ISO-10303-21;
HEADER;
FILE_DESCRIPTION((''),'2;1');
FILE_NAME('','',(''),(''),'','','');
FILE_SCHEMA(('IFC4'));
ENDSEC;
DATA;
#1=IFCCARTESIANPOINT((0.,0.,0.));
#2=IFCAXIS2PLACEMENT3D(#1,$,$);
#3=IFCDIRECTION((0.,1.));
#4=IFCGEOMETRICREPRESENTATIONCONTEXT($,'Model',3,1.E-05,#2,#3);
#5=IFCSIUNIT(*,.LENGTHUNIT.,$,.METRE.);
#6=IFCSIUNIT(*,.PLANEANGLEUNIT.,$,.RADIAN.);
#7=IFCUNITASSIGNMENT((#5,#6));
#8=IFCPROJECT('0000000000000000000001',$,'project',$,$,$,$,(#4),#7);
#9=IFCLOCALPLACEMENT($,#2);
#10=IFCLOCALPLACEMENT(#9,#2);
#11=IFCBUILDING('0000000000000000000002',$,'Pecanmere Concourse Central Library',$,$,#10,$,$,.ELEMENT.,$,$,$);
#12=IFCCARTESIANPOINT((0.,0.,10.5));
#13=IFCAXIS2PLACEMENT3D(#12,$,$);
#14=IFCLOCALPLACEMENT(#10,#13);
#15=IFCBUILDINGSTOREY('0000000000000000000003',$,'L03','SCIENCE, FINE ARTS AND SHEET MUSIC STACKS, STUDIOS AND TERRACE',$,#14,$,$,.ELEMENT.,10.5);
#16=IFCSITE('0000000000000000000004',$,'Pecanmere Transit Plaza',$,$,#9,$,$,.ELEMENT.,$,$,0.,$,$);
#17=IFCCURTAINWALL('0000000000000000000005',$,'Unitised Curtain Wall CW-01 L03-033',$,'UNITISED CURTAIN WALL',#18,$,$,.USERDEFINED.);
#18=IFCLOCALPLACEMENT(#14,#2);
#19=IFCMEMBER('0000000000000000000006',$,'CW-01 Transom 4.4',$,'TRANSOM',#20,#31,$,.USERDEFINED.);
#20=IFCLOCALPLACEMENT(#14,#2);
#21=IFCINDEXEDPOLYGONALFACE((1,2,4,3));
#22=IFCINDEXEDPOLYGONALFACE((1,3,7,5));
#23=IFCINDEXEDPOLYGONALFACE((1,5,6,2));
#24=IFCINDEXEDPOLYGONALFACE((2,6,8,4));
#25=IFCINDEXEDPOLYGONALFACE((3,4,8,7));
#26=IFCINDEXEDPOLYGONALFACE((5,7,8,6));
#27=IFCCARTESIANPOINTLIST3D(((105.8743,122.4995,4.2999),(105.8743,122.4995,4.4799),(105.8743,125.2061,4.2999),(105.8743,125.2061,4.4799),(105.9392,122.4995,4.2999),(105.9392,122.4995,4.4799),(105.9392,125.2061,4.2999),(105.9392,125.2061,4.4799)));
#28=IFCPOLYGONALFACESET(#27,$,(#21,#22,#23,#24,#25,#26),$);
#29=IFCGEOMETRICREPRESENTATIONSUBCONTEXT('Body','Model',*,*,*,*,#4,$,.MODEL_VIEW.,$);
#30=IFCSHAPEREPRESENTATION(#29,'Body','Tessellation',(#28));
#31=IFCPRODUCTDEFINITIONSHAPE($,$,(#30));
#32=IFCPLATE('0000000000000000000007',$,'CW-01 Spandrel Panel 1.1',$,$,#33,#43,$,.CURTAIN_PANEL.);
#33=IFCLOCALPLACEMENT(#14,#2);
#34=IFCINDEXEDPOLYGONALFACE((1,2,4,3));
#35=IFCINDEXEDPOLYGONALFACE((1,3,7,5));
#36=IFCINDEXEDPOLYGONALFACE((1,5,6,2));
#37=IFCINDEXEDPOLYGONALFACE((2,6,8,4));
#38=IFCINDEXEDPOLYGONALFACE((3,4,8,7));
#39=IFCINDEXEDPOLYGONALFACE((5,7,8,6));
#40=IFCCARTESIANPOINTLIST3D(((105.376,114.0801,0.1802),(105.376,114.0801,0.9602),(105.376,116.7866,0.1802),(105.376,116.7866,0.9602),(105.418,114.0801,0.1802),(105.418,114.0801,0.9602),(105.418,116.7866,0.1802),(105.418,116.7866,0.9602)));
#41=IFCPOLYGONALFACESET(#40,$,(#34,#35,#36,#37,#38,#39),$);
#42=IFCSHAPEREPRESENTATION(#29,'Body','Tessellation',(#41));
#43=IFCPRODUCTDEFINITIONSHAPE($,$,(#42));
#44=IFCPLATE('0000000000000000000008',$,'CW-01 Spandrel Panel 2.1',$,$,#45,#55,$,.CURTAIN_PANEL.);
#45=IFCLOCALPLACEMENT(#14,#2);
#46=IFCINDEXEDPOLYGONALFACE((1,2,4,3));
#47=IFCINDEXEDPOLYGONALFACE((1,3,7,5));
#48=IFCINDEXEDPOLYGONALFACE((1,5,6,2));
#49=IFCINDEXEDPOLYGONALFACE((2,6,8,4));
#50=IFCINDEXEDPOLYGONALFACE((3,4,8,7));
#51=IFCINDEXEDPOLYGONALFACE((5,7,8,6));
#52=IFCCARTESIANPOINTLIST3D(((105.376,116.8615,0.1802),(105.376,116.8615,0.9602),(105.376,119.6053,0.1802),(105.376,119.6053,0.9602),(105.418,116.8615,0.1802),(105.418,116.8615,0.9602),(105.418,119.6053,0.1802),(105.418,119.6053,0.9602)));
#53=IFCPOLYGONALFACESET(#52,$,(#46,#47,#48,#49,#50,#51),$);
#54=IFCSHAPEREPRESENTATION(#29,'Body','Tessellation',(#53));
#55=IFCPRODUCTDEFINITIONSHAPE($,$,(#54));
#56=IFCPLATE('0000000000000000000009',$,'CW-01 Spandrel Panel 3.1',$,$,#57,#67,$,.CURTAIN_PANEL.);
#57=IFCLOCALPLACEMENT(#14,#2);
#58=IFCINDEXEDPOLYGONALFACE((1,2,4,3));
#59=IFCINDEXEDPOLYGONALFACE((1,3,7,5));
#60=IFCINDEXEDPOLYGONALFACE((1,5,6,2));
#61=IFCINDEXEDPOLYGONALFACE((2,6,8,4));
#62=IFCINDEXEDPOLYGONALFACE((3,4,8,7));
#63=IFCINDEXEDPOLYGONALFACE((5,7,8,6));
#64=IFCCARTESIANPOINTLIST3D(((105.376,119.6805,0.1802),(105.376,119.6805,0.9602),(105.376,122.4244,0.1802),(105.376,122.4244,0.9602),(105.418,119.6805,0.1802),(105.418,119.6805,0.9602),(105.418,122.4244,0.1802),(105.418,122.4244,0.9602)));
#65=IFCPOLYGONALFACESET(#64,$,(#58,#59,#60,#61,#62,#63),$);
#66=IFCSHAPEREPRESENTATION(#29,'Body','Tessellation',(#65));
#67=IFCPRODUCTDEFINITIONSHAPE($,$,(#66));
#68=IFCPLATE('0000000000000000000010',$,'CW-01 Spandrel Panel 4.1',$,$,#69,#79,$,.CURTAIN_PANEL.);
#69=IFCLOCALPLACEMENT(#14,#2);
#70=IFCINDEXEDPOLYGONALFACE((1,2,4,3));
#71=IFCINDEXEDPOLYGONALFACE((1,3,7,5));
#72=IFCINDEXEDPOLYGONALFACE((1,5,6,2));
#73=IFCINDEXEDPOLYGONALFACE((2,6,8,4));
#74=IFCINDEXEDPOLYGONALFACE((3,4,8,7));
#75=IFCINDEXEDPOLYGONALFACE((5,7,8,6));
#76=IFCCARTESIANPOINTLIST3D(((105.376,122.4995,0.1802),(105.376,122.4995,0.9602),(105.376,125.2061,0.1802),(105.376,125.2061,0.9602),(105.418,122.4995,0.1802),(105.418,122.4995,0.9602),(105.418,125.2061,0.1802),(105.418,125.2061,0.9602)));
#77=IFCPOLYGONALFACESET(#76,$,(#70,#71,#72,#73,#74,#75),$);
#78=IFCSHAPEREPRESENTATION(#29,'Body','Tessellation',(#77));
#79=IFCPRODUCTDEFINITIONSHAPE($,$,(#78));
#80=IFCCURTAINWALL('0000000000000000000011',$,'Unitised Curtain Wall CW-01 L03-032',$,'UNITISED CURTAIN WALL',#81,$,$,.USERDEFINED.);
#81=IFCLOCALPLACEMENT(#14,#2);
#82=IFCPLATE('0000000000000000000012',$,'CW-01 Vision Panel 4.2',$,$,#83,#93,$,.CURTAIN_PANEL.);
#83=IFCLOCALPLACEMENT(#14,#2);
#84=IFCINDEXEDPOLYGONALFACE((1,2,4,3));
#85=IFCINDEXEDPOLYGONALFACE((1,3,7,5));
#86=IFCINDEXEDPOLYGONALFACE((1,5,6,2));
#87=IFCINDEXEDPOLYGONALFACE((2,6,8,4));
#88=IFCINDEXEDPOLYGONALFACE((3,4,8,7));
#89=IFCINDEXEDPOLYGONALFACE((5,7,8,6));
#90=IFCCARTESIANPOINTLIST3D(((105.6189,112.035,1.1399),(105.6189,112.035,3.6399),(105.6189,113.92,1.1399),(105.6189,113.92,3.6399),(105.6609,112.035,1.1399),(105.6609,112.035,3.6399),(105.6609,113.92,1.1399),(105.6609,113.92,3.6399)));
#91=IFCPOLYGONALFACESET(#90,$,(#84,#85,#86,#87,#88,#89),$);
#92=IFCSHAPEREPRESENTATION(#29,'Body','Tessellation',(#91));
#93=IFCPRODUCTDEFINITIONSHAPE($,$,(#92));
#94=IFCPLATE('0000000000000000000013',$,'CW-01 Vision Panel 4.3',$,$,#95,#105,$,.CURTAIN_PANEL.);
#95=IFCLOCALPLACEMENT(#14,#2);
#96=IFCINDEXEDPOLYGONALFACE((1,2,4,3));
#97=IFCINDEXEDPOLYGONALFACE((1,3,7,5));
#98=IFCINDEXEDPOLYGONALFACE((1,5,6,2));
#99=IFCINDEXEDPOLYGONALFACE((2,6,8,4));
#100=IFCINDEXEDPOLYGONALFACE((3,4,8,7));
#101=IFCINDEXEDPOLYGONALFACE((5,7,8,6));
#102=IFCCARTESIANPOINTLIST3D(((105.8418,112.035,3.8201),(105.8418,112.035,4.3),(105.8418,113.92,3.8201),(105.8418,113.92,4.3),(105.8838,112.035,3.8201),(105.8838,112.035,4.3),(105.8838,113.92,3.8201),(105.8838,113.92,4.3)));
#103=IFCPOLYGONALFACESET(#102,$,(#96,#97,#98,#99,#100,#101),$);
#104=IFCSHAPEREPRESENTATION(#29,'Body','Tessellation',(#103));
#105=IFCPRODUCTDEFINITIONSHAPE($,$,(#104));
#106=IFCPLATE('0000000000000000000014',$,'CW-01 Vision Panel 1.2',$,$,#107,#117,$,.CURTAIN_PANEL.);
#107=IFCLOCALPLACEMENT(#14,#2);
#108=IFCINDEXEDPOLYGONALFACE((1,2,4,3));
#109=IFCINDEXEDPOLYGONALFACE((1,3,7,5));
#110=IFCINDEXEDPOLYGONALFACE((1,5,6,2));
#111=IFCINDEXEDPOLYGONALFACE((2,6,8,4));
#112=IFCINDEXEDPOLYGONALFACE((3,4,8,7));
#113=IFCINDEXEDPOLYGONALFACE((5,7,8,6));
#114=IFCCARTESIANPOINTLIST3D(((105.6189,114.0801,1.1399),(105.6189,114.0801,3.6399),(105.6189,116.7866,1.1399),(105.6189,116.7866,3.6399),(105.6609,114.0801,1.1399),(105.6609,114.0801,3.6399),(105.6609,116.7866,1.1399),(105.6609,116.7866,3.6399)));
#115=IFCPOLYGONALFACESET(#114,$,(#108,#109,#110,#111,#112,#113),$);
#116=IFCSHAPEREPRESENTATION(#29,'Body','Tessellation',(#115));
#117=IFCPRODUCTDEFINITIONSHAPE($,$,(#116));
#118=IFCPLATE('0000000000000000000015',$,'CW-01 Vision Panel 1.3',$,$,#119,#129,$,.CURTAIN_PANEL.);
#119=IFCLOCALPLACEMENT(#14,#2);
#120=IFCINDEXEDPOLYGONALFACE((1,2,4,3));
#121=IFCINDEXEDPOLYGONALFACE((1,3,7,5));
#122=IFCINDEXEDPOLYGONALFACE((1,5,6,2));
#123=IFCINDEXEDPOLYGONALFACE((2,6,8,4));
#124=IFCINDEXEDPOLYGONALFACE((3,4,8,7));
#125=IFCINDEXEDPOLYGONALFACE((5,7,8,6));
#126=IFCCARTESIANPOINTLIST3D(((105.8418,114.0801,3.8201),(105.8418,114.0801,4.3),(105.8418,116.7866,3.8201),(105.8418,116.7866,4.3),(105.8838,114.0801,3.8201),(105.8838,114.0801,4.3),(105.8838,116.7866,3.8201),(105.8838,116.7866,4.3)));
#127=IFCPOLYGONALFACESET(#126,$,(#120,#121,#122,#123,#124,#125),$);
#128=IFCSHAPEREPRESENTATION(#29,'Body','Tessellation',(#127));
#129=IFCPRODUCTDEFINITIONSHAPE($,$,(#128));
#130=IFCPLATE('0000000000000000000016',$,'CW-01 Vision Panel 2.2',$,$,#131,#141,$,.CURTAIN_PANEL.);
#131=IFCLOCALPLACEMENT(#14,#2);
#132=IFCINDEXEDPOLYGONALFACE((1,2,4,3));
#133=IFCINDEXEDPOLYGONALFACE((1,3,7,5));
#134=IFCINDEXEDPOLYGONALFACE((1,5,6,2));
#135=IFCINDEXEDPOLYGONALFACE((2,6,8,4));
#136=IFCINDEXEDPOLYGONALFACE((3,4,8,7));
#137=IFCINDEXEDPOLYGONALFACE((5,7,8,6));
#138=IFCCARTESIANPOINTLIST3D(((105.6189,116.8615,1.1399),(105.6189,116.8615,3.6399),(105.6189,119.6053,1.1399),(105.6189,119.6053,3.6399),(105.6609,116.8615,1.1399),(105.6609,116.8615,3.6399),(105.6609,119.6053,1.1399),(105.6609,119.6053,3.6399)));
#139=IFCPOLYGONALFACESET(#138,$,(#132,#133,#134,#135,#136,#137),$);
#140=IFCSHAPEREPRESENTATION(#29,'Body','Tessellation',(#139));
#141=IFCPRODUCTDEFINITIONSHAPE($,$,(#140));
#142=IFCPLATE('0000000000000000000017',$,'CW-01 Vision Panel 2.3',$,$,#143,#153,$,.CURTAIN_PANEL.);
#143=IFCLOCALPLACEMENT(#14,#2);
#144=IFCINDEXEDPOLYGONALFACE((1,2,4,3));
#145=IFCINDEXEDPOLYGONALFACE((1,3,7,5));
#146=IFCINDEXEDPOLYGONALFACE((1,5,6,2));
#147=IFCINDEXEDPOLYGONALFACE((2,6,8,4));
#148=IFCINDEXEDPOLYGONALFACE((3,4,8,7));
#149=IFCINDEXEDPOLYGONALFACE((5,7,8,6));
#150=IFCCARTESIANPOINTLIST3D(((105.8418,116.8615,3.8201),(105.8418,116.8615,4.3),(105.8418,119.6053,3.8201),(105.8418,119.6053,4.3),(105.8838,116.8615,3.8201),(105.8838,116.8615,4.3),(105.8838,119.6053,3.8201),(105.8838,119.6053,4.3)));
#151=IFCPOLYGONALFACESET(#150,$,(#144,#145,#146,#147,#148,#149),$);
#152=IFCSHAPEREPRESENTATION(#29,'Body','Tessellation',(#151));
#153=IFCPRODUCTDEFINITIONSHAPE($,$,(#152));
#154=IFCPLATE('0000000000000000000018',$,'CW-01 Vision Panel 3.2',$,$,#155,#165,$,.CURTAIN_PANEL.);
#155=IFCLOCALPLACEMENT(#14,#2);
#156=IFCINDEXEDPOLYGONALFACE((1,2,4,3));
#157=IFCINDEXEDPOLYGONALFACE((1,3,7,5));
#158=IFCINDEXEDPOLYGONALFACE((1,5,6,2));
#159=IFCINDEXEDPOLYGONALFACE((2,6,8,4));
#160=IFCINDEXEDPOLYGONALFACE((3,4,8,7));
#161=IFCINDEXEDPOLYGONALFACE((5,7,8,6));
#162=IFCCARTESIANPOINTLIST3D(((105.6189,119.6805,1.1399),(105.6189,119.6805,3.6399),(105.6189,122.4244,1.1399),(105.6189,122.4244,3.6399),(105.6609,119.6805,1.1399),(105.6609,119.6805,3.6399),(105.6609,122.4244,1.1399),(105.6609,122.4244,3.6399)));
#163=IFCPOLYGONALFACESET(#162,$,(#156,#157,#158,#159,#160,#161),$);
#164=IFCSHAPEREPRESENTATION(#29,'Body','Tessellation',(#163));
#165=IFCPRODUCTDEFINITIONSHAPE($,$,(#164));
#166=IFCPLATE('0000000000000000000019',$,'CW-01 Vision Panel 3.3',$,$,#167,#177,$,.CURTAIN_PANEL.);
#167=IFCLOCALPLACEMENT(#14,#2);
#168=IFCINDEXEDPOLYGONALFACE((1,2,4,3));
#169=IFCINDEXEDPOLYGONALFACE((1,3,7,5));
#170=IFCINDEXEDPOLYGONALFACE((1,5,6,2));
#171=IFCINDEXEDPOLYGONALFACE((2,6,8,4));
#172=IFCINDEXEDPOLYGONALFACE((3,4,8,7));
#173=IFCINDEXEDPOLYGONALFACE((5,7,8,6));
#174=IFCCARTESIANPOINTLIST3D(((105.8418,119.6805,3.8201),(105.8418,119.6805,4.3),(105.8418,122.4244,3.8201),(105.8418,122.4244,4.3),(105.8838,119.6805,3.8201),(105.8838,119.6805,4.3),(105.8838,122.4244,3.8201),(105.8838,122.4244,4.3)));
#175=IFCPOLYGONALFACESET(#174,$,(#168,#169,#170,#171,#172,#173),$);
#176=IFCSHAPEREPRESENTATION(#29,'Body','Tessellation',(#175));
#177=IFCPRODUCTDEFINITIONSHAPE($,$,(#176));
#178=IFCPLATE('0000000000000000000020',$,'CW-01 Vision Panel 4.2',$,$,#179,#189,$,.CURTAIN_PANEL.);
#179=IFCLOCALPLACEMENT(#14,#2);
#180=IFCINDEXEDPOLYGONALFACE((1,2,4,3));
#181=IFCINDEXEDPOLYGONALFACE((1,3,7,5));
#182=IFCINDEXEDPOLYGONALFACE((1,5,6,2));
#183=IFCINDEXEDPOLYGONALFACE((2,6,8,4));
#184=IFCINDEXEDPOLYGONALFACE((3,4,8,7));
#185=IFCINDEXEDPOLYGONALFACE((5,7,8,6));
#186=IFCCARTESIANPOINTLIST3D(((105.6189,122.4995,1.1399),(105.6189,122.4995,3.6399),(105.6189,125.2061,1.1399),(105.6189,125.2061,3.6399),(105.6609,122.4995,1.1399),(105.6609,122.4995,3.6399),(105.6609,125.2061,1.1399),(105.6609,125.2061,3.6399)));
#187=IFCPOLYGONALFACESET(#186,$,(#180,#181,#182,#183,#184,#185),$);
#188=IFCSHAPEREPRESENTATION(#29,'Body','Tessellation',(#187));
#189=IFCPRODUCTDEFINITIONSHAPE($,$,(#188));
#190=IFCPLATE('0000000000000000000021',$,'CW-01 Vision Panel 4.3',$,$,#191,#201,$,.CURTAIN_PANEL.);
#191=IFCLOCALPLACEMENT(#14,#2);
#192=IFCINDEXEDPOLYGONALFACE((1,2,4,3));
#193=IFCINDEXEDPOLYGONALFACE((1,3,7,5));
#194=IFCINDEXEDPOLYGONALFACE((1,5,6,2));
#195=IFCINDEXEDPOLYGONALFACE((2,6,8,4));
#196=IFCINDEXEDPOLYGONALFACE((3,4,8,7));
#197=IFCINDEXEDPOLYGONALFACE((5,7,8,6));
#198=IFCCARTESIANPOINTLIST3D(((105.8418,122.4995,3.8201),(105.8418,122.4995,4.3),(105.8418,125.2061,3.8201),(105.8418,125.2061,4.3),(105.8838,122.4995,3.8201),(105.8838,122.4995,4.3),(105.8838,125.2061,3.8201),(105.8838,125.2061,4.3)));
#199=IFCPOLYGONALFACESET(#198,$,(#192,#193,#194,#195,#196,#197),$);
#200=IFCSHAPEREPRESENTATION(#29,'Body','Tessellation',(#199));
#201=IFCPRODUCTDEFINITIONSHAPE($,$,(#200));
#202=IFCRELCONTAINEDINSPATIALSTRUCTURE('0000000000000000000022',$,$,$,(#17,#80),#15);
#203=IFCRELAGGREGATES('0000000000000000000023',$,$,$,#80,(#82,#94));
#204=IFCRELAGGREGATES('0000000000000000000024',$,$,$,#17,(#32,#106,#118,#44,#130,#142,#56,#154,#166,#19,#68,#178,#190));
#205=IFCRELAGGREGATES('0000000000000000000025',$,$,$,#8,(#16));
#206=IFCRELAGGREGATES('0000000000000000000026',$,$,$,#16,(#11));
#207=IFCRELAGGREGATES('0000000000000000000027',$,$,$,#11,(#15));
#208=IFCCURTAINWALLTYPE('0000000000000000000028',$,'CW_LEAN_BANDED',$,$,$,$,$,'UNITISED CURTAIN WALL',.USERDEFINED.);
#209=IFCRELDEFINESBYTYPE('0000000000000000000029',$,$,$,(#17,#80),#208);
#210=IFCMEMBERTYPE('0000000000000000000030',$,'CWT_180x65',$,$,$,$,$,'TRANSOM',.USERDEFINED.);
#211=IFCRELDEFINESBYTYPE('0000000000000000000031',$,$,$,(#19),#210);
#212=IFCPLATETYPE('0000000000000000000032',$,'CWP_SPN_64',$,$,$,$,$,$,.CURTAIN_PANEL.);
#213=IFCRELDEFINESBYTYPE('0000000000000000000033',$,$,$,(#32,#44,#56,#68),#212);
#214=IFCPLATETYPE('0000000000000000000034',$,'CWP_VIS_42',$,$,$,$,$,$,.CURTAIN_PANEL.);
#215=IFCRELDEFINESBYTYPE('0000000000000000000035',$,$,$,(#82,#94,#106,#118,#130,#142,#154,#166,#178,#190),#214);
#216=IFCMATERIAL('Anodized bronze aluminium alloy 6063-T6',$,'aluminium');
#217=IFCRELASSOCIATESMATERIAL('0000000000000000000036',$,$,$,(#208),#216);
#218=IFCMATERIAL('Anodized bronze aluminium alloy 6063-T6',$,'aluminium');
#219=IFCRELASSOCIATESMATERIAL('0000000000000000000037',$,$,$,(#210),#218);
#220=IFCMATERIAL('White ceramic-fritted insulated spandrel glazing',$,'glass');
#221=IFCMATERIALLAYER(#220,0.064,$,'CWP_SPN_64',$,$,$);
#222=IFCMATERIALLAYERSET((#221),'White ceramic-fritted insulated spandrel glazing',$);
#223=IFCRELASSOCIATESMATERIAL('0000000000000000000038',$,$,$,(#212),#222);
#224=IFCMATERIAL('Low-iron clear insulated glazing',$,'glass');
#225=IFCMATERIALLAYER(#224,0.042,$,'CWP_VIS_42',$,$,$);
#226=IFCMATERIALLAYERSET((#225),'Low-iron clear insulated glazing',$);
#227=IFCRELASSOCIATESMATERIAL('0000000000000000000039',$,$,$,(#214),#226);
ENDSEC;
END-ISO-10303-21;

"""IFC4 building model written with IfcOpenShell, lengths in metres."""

from ifc_helpers import new_model, si_unit, direction, frame, origin, origin_2d, place, context, subcontext, project, spatial, rectangle, extrude, material, layer, layer_set, material_profile, profile_set, type_object, element, aggregate, save


model = new_model("IFC4")

# Units and contexts
model_context = context("Model", 3, precision=1e-05, world=origin(), true_north=direction((0.0, 1.0)))
body_context = subcontext(model_context, "Body", "Model", "MODEL_VIEW")
ifc_project = project(units=[si_unit("LENGTHUNIT", "METRE"), si_unit("PLANEANGLEUNIT", "RADIAN")], contexts=[model_context])

# Site, building, storey
site_placement = place(None, origin())
site = spatial("IfcSite", under=ifc_project, at=site_placement, Name="Pecanmere Transit Plaza", CompositionType="ELEMENT", RefElevation=0.0)
building_placement = place(site_placement, origin())
building = spatial("IfcBuilding", under=site, at=building_placement, Name="Pecanmere Concourse Central Library", CompositionType="ELEMENT")
storey_placement = place(building_placement, frame((0.0, 0.0, 10.5)))
storey = spatial("IfcBuildingStorey", under=building, at=storey_placement, Name="L03", Description="SCIENCE, FINE ARTS AND SHEET MUSIC STACKS, STUDIOS AND TERRACE", CompositionType="ELEMENT", Elevation=10.5)

# Curtain wall, member, plates
ifc_material_1 = material(Name="Anodized bronze aluminium alloy 6063-T6", Category="aluminium")
curtain_wall_type = type_object("IfcCurtainWallType", Name="CW_LEAN_BANDED", ElementType="UNITISED CURTAIN WALL", PredefinedType="USERDEFINED", material=ifc_material_1)
curtain_wall_1_placement = place(storey_placement, origin())
curtain_wall_1 = element("IfcCurtainWall", 1, at=curtain_wall_1_placement, inside=storey, type_object=curtain_wall_type, Name="Unitised Curtain Wall CW-01 L03-033", ObjectType="UNITISED CURTAIN WALL", PredefinedType="USERDEFINED")
ifc_material_2 = material(Name="Anodized bronze aluminium alloy 6063-T6", Category="aluminium")
ifc_material_profile = material_profile(ifc_material_2, rectangle(XDim=0.0649, YDim=0.1799, at=origin_2d()), Name="AL 65x180")
ifc_profile_set = profile_set([ifc_material_profile], Name="Anodized bronze aluminium alloy 6063-T6")
member_type = type_object("IfcMemberType", Name="CWT_180x65", ElementType="TRANSOM", PredefinedType="USERDEFINED", material=ifc_profile_set)
member_1_placement = place(storey_placement, frame((105.9067, 122.4995, 4.3899), z_axis=(0.0, 1.0, 0.0), x_axis=(-1.0, 0.0, 0.0)))
member_1 = element("IfcMember", 2, at=member_1_placement, type_object=member_type, Name="CW-01 Transom 4.4", ObjectType="TRANSOM", PredefinedType="USERDEFINED", context=body_context, shape_type="SweptSolid", body=[
    extrude(rectangle(XDim=0.0649, YDim=0.1799, at=origin_2d()), origin(), (0.0, 0.0, 1.0), 2.7065),
])
ifc_material_3 = material(Name="White ceramic-fritted insulated spandrel glazing", Category="glass")
ifc_layer_1 = layer(ifc_material_3, 0.064, Name="CWP_SPN_64")
ifc_layer_set_1 = layer_set([ifc_layer_1], Name="White ceramic-fritted insulated spandrel glazing")
plate_type_1 = type_object("IfcPlateType", Name="CWP_SPN_64", PredefinedType="CURTAIN_PANEL", material=ifc_layer_set_1)
plate_1_placement = place(storey_placement, frame((105.397, 115.4333, 0.1802), z_axis=(0.0, 0.0, 1.0), x_axis=(0.0, 1.0, 0.0)))
plate_1 = element("IfcPlate", 3, at=plate_1_placement, type_object=plate_type_1, Name="CW-01 Spandrel Panel 1.1", PredefinedType="CURTAIN_PANEL", context=body_context, shape_type="SweptSolid", body=[
    extrude(rectangle(XDim=2.7065, YDim=0.042, at=origin_2d()), origin(), (0.0, 0.0, 1.0), 0.78),
])
plate_2_placement = place(storey_placement, frame((105.397, 118.2334, 0.1802), z_axis=(0.0, 0.0, 1.0), x_axis=(0.0, 1.0, 0.0)))
plate_2 = element("IfcPlate", 4, at=plate_2_placement, type_object=plate_type_1, Name="CW-01 Spandrel Panel 2.1", PredefinedType="CURTAIN_PANEL", context=body_context, shape_type="SweptSolid", body=[
    extrude(rectangle(XDim=2.7439, YDim=0.042, at=origin_2d()), origin(), (0.0, 0.0, 1.0), 0.78),
])
plate_3_placement = place(storey_placement, frame((105.397, 121.0525, 0.1802), z_axis=(0.0, 0.0, 1.0), x_axis=(0.0, 1.0, 0.0)))
plate_3 = element("IfcPlate", 5, at=plate_3_placement, type_object=plate_type_1, Name="CW-01 Spandrel Panel 3.1", PredefinedType="CURTAIN_PANEL", context=body_context, shape_type="SweptSolid", body=[
    extrude(rectangle(XDim=2.7439, YDim=0.042, at=origin_2d()), origin(), (0.0, 0.0, 1.0), 0.78),
])
plate_4_placement = place(storey_placement, frame((105.397, 123.8528, 0.1802), z_axis=(0.0, 0.0, 1.0), x_axis=(0.0, 1.0, 0.0)))
plate_4 = element("IfcPlate", 6, at=plate_4_placement, type_object=plate_type_1, Name="CW-01 Spandrel Panel 4.1", PredefinedType="CURTAIN_PANEL", context=body_context, shape_type="SweptSolid", body=[
    extrude(rectangle(XDim=2.7065, YDim=0.042, at=origin_2d()), origin(), (0.0, 0.0, 1.0), 0.78),
])

# Curtain wall, plates
curtain_wall_2_placement = place(storey_placement, origin())
curtain_wall_2 = element("IfcCurtainWall", 7, at=curtain_wall_2_placement, inside=storey, type_object=curtain_wall_type, Name="Unitised Curtain Wall CW-01 L03-032", ObjectType="UNITISED CURTAIN WALL", PredefinedType="USERDEFINED")
ifc_material_4 = material(Name="Low-iron clear insulated glazing", Category="glass")
ifc_layer_2 = layer(ifc_material_4, 0.042, Name="CWP_VIS_42")
ifc_layer_set_2 = layer_set([ifc_layer_2], Name="Low-iron clear insulated glazing")
plate_type_2 = type_object("IfcPlateType", Name="CWP_VIS_42", PredefinedType="CURTAIN_PANEL", material=ifc_layer_set_2)
plate_5_placement = place(storey_placement, frame((105.6399, 112.9775, 1.1399), z_axis=(0.0, 0.0, 1.0), x_axis=(0.0, 1.0, 0.0)))
plate_5 = element("IfcPlate", 8, at=plate_5_placement, type_object=plate_type_2, Name="CW-01 Vision Panel 4.2", PredefinedType="CURTAIN_PANEL", context=body_context, shape_type="SweptSolid", body=[
    extrude(rectangle(XDim=1.885, YDim=0.042, at=origin_2d()), origin(), (0.0, 0.0, 1.0), 2.5),
])
plate_6_placement = place(storey_placement, frame((105.8628, 112.9775, 3.8201), z_axis=(0.0, 0.0, 1.0), x_axis=(0.0, 1.0, 0.0)))
plate_6 = element("IfcPlate", 9, at=plate_6_placement, type_object=plate_type_2, Name="CW-01 Vision Panel 4.3", PredefinedType="CURTAIN_PANEL", context=body_context, shape_type="SweptSolid", body=[
    extrude(rectangle(XDim=1.885, YDim=0.042, at=origin_2d()), origin(), (0.0, 0.0, 1.0), 0.48),
])
aggregate(curtain_wall_2, [plate_5, plate_6])

# Plates
plate_7_placement = place(storey_placement, frame((105.6399, 115.4333, 1.1399), z_axis=(0.0, 0.0, 1.0), x_axis=(0.0, 1.0, 0.0)))
plate_7 = element("IfcPlate", 10, at=plate_7_placement, type_object=plate_type_2, Name="CW-01 Vision Panel 1.2", PredefinedType="CURTAIN_PANEL", context=body_context, shape_type="SweptSolid", body=[
    extrude(rectangle(XDim=2.7065, YDim=0.042, at=origin_2d()), origin(), (0.0, 0.0, 1.0), 2.5),
])
plate_8_placement = place(storey_placement, frame((105.8628, 115.4333, 3.8201), z_axis=(0.0, 0.0, 1.0), x_axis=(0.0, 1.0, 0.0)))
plate_8 = element("IfcPlate", 11, at=plate_8_placement, type_object=plate_type_2, Name="CW-01 Vision Panel 1.3", PredefinedType="CURTAIN_PANEL", context=body_context, shape_type="SweptSolid", body=[
    extrude(rectangle(XDim=2.7065, YDim=0.042, at=origin_2d()), origin(), (0.0, 0.0, 1.0), 0.48),
])
plate_9_placement = place(storey_placement, frame((105.6399, 118.2334, 1.1399), z_axis=(0.0, 0.0, 1.0), x_axis=(0.0, 1.0, 0.0)))
plate_9 = element("IfcPlate", 12, at=plate_9_placement, type_object=plate_type_2, Name="CW-01 Vision Panel 2.2", PredefinedType="CURTAIN_PANEL", context=body_context, shape_type="SweptSolid", body=[
    extrude(rectangle(XDim=2.7439, YDim=0.042, at=origin_2d()), origin(), (0.0, 0.0, 1.0), 2.5),
])
plate_10_placement = place(storey_placement, frame((105.8628, 118.2334, 3.8201), z_axis=(0.0, 0.0, 1.0), x_axis=(0.0, 1.0, 0.0)))
plate_10 = element("IfcPlate", 13, at=plate_10_placement, type_object=plate_type_2, Name="CW-01 Vision Panel 2.3", PredefinedType="CURTAIN_PANEL", context=body_context, shape_type="SweptSolid", body=[
    extrude(rectangle(XDim=2.7439, YDim=0.042, at=origin_2d()), origin(), (0.0, 0.0, 1.0), 0.48),
])
plate_11_placement = place(storey_placement, frame((105.6399, 121.0525, 1.1399), z_axis=(0.0, 0.0, 1.0), x_axis=(0.0, 1.0, 0.0)))
plate_11 = element("IfcPlate", 14, at=plate_11_placement, type_object=plate_type_2, Name="CW-01 Vision Panel 3.2", PredefinedType="CURTAIN_PANEL", context=body_context, shape_type="SweptSolid", body=[
    extrude(rectangle(XDim=2.7439, YDim=0.042, at=origin_2d()), origin(), (0.0, 0.0, 1.0), 2.5),
])
plate_12_placement = place(storey_placement, frame((105.8628, 121.0525, 3.8201), z_axis=(0.0, 0.0, 1.0), x_axis=(0.0, 1.0, 0.0)))
plate_12 = element("IfcPlate", 15, at=plate_12_placement, type_object=plate_type_2, Name="CW-01 Vision Panel 3.3", PredefinedType="CURTAIN_PANEL", context=body_context, shape_type="SweptSolid", body=[
    extrude(rectangle(XDim=2.7439, YDim=0.042, at=origin_2d()), origin(), (0.0, 0.0, 1.0), 0.48),
])
plate_13_placement = place(storey_placement, frame((105.6399, 123.8528, 1.1399), z_axis=(0.0, 0.0, 1.0), x_axis=(0.0, 1.0, 0.0)))
plate_13 = element("IfcPlate", 16, at=plate_13_placement, type_object=plate_type_2, Name="CW-01 Vision Panel 4.2", PredefinedType="CURTAIN_PANEL", context=body_context, shape_type="SweptSolid", body=[
    extrude(rectangle(XDim=2.7065, YDim=0.042, at=origin_2d()), origin(), (0.0, 0.0, 1.0), 2.5),
])
plate_14_placement = place(storey_placement, frame((105.8628, 123.8528, 3.8201), z_axis=(0.0, 0.0, 1.0), x_axis=(0.0, 1.0, 0.0)))
plate_14 = element("IfcPlate", 17, at=plate_14_placement, type_object=plate_type_2, Name="CW-01 Vision Panel 4.3", PredefinedType="CURTAIN_PANEL", context=body_context, shape_type="SweptSolid", body=[
    extrude(rectangle(XDim=2.7065, YDim=0.042, at=origin_2d()), origin(), (0.0, 0.0, 1.0), 0.48),
])
aggregate(curtain_wall_1, [plate_1, plate_7, plate_8, plate_2, plate_9, plate_10, plate_3, plate_11, plate_12, member_1, plate_4, plate_13, plate_14])

save(model, "model.ifc")
